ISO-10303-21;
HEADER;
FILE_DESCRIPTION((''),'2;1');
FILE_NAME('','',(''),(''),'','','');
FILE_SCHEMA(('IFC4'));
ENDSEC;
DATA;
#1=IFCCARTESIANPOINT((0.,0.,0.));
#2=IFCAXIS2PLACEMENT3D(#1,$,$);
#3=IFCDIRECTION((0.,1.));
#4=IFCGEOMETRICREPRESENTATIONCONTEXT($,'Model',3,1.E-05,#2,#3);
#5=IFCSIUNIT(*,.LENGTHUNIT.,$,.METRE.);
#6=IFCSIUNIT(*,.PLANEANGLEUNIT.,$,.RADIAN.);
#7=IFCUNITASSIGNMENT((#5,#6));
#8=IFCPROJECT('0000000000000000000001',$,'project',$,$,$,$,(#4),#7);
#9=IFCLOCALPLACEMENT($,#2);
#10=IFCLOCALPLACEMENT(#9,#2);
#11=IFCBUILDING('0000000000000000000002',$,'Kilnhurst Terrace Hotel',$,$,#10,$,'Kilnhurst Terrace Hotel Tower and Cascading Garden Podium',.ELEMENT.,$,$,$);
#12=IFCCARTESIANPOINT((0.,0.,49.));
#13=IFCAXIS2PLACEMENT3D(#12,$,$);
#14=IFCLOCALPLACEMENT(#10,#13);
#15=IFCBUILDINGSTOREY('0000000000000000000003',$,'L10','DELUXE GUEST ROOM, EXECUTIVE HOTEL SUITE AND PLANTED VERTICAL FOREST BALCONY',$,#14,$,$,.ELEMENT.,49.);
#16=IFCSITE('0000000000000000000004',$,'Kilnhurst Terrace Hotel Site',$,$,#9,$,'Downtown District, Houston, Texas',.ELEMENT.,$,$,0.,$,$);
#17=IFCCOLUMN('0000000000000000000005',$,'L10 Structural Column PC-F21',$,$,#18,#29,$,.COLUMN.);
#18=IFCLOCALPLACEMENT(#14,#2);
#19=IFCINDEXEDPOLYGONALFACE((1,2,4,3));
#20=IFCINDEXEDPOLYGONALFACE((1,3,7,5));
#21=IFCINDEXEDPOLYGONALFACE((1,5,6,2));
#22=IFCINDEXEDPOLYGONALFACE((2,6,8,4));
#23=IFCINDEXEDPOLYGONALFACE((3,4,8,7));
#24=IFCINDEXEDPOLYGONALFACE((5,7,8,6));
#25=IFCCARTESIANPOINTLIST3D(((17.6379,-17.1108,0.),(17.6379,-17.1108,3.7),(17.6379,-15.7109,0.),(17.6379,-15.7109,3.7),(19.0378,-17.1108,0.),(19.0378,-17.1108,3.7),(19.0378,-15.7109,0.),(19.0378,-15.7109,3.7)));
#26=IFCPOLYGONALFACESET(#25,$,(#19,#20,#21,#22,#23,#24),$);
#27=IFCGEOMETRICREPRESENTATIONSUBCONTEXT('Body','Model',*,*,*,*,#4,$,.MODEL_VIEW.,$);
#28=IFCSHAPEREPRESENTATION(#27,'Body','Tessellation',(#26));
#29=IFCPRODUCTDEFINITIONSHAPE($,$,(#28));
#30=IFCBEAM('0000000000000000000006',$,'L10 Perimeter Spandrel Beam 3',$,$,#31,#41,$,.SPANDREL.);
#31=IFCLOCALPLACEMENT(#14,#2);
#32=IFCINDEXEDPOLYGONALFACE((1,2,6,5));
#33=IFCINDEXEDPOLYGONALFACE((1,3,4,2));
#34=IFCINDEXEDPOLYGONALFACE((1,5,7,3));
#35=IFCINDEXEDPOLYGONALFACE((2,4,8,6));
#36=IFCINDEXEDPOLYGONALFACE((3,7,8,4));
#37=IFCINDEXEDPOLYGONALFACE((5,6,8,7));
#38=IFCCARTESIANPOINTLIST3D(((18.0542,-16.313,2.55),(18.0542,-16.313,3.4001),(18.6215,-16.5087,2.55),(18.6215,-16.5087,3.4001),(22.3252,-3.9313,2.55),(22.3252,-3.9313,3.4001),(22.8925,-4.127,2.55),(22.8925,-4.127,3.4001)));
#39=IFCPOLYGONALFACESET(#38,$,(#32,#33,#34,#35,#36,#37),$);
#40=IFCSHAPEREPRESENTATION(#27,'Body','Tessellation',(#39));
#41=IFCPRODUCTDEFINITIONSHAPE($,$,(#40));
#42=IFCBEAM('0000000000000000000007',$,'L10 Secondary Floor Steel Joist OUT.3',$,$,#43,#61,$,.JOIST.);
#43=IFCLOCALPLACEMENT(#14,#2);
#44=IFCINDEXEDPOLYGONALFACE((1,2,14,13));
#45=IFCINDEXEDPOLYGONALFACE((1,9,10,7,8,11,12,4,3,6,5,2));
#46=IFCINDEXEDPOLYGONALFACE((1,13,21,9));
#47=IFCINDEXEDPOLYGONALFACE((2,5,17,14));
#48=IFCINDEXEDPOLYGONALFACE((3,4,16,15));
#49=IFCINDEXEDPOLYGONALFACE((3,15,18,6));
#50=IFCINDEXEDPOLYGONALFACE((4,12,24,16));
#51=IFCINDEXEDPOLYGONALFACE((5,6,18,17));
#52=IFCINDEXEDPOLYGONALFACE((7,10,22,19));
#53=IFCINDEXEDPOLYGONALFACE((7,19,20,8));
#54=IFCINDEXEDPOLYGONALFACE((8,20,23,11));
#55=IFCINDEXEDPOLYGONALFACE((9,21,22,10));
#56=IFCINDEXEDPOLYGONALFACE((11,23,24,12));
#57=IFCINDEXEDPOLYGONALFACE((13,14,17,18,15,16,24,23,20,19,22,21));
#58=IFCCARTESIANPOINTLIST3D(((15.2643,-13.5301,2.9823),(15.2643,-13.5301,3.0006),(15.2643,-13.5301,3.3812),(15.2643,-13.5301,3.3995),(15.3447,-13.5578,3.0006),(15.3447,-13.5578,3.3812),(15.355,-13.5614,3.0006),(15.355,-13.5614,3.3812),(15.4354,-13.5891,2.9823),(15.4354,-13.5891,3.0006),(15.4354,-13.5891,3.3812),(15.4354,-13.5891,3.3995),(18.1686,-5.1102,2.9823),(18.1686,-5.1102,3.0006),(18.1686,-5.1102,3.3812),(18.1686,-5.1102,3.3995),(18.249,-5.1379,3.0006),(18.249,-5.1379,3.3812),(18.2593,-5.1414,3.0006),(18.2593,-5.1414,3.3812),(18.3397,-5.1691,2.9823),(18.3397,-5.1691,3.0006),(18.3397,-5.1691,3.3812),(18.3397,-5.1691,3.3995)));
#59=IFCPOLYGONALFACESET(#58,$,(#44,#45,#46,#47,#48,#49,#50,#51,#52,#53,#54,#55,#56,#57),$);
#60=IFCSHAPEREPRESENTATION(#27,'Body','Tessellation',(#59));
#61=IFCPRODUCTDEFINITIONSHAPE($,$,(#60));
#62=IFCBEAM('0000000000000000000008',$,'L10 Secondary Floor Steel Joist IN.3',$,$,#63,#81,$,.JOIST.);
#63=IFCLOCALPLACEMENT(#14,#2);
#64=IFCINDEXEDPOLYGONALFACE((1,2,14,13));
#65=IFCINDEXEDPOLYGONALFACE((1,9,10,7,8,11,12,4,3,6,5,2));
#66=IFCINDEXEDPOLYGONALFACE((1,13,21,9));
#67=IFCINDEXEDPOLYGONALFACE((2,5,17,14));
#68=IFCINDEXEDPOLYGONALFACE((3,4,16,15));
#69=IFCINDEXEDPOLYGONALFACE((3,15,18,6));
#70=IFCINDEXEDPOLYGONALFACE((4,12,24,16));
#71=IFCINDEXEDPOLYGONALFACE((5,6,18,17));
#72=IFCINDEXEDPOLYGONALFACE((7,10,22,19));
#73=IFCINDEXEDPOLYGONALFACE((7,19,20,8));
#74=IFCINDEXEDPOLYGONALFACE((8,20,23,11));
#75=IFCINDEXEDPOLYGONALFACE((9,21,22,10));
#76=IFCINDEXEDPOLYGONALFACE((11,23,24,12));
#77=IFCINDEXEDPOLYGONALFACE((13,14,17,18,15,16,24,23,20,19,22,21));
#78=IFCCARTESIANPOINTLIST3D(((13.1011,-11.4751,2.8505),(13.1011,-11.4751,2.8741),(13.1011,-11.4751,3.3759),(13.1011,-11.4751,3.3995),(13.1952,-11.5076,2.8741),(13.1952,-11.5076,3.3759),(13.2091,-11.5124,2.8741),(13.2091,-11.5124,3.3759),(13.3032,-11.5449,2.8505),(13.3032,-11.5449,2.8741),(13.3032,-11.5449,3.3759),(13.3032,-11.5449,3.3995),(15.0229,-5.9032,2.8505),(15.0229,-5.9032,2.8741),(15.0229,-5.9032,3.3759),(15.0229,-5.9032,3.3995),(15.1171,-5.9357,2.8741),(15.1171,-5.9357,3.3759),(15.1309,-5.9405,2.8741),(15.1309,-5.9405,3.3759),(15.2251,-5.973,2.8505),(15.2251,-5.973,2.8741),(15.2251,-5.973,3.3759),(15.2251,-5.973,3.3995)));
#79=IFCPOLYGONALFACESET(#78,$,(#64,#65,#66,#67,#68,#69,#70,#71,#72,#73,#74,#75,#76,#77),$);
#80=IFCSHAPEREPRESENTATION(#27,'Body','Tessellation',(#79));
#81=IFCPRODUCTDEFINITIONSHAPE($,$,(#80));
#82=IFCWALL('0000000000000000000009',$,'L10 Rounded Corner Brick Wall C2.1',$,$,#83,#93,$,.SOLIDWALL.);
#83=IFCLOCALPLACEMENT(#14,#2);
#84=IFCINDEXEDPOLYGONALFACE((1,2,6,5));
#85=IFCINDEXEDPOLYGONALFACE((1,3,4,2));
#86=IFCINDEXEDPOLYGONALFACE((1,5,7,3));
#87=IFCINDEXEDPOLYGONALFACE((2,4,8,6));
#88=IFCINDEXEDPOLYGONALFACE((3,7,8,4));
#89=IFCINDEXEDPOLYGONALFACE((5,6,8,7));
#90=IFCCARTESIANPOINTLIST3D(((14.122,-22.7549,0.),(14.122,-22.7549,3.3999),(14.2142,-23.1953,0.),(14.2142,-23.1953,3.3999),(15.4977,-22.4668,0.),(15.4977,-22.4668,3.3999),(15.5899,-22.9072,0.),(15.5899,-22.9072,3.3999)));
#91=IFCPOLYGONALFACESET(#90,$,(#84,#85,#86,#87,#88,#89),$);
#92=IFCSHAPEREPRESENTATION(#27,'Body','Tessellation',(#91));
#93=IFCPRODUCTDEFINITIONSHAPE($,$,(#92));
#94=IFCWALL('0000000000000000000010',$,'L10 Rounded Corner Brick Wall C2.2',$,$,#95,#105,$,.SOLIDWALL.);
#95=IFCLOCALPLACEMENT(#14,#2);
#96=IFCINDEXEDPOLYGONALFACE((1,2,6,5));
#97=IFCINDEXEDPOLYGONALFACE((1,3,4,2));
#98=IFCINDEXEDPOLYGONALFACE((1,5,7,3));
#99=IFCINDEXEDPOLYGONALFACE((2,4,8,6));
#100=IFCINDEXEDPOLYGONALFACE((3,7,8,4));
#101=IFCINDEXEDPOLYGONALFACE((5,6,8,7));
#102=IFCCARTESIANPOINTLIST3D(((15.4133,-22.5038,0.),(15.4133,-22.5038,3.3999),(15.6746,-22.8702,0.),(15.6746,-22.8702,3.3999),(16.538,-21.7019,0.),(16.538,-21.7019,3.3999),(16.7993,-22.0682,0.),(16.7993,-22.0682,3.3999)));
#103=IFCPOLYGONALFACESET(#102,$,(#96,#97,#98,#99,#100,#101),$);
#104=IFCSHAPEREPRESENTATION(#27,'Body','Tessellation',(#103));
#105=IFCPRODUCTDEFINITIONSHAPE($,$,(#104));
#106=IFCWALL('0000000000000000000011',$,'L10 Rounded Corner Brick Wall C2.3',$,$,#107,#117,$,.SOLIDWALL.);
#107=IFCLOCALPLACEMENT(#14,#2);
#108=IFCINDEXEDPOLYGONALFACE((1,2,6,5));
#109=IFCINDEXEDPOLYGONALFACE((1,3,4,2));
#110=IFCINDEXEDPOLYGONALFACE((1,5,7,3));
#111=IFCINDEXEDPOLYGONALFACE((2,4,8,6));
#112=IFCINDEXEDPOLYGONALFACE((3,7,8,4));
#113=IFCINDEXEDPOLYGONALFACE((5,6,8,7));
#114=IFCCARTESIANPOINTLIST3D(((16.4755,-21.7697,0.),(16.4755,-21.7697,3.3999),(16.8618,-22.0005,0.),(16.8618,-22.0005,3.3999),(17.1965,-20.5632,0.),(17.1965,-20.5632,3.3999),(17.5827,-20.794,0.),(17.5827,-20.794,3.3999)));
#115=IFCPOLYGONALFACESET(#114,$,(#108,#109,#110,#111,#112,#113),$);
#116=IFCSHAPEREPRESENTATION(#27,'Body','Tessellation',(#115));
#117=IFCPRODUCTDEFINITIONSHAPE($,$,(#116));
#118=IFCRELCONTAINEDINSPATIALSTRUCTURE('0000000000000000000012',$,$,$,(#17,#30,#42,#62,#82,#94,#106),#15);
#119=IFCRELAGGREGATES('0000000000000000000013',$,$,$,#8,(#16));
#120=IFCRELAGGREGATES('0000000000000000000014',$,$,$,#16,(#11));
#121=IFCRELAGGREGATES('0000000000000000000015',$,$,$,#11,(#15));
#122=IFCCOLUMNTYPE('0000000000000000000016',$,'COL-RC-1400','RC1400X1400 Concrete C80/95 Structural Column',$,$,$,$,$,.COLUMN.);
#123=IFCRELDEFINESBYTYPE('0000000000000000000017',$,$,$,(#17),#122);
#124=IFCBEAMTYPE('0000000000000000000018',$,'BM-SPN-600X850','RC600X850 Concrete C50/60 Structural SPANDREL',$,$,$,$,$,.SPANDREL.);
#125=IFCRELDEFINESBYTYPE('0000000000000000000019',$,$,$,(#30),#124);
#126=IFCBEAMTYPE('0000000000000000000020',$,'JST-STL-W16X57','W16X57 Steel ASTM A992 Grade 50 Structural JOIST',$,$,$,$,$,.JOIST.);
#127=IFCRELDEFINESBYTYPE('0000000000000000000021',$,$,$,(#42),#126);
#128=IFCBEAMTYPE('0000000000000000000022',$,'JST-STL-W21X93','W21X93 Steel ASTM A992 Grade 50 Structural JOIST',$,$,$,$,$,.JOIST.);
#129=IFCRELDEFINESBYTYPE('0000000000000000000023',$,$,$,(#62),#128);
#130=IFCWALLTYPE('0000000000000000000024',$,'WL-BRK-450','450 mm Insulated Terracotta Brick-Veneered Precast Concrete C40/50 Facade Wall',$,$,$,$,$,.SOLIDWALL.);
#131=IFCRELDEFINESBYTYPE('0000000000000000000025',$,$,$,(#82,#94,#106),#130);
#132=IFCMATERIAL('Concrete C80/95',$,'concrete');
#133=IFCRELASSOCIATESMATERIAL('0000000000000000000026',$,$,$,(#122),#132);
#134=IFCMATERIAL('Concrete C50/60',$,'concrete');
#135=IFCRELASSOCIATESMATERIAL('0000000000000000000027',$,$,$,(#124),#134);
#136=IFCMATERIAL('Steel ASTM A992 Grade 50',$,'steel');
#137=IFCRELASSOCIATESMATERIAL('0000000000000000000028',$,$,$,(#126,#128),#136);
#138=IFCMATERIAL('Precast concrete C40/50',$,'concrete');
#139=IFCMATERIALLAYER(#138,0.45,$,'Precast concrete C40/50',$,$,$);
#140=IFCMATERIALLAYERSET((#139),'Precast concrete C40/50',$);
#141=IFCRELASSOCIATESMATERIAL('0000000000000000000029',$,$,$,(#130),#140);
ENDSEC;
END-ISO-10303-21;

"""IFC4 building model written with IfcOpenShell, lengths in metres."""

from ifc_helpers import new_model, si_unit, direction, frame, frame_2d, origin, origin_2d, place, context, subcontext, project, spatial, rectangle, i_section, extrude, material, layer, layer_set, material_profile, profile_set, type_object, element, save


model = new_model("IFC4")

# Units and contexts
model_context = context("Model", 3, precision=1e-05, world=origin(), true_north=direction((0.0, 1.0)))
body_context = subcontext(model_context, "Body", "Model", "MODEL_VIEW")
ifc_project = project(units=[si_unit("LENGTHUNIT", "METRE"), si_unit("PLANEANGLEUNIT", "RADIAN")], contexts=[model_context])

# Site, building, storey
site_placement = place(None, origin())
site = spatial("IfcSite", under=ifc_project, at=site_placement, Name="Kilnhurst Terrace Hotel Site", LongName="Downtown District, Houston, Texas", CompositionType="ELEMENT", RefElevation=0.0)
building_placement = place(site_placement, origin())
building = spatial("IfcBuilding", under=site, at=building_placement, Name="Kilnhurst Terrace Hotel", LongName="Kilnhurst Terrace Hotel Tower and Cascading Garden Podium", CompositionType="ELEMENT")
storey_placement = place(building_placement, frame((0.0, 0.0, 49.0)))
storey = spatial("IfcBuildingStorey", under=building, at=storey_placement, Name="L10", Description="DELUXE GUEST ROOM, EXECUTIVE HOTEL SUITE AND PLANTED VERTICAL FOREST BALCONY", CompositionType="ELEMENT", Elevation=49.0)

# Column
ifc_material_1 = material(Name="Concrete C80/95", Category="concrete")
ifc_material_profile_1 = material_profile(ifc_material_1, rectangle(XDim=1.3999, YDim=1.3999, at=origin_2d()), Name="RC1400X1400")
ifc_profile_set_1 = profile_set([ifc_material_profile_1], Name="Concrete C80/95")
column_type = type_object("IfcColumnType", Name="COL-RC-1400", Description="RC1400X1400 Concrete C80/95 Structural Column", PredefinedType="COLUMN", material=ifc_profile_set_1)
column_placement = place(storey_placement, frame((18.3379, -16.4109, 0.0), z_axis=(0.0, 0.0, 1.0), x_axis=(1.0, 0.0, 0.0)))
element("IfcColumn", 1, at=column_placement, inside=storey, type_object=column_type, Name="L10 Structural Column PC-F21", PredefinedType="COLUMN", context=body_context, shape_type="SweptSolid", body=[
    extrude(rectangle(XDim=1.3999, YDim=1.3999, at=origin_2d()), origin(), (0.0, 0.0, 1.0), 3.7),
])

# Beams
ifc_material_2 = material(Name="Concrete C50/60", Category="concrete")
ifc_material_profile_2 = material_profile(ifc_material_2, rectangle(XDim=0.6001, YDim=0.8501, at=origin_2d()), Name="RC600X850")
ifc_profile_set_2 = profile_set([ifc_material_profile_2], Name="Concrete C50/60")
beam_type_1 = type_object("IfcBeamType", Name="BM-SPN-600X850", Description="RC600X850 Concrete C50/60 Structural SPANDREL", PredefinedType="SPANDREL", material=ifc_profile_set_2)
beam_1_placement = place(storey_placement, frame((18.3379, -16.4109, 2.9751), z_axis=(0.326086, 0.94534, 0.0), x_axis=(-0.94534, 0.326086, 0.0)))
element("IfcBeam", 2, at=beam_1_placement, inside=storey, type_object=beam_type_1, Name="L10 Perimeter Spandrel Beam 3", PredefinedType="SPANDREL", context=body_context, shape_type="SweptSolid", body=[
    extrude(rectangle(XDim=0.6001, YDim=0.8501, at=origin_2d()), origin(), (0.0, 0.0, 1.0), 13.0977),
])
ifc_material_3 = material(Name="Steel ASTM A992 Grade 50", Category="steel")
ifc_material_profile_3 = material_profile(ifc_material_3, i_section(OverallWidth=0.1809, OverallDepth=0.4172, WebThickness=0.011, FlangeThickness=0.0183, at=origin_2d()), Name="W16X57")
ifc_profile_set_3 = profile_set([ifc_material_profile_3], Name="Steel ASTM A992 Grade 50")
beam_type_2 = type_object("IfcBeamType", Name="JST-STL-W16X57", Description="W16X57 Steel ASTM A992 Grade 50 Structural JOIST", PredefinedType="JOIST", material=ifc_profile_set_3)
beam_2_placement = place(storey_placement, frame((15.3499, -13.5596, 3.1909), z_axis=(0.326079, 0.945343, 0.0), x_axis=(-0.945343, 0.326079, 0.0)))
element("IfcBeam", 3, at=beam_2_placement, inside=storey, type_object=beam_type_2, Name="L10 Secondary Floor Steel Joist OUT.3", PredefinedType="JOIST", context=body_context, shape_type="SweptSolid", body=[
    extrude(i_section(OverallWidth=0.1809, OverallDepth=0.4172, WebThickness=0.011, FlangeThickness=0.0183, at=origin_2d()), origin(), (0.0, 0.0, 1.0), 8.9067),
])
ifc_material_profile_4 = material_profile(ifc_material_3, i_section(OverallWidth=0.2139, OverallDepth=0.5491, WebThickness=0.0146, FlangeThickness=0.0237, at=origin_2d()), Name="W21X93")
ifc_profile_set_4 = profile_set([ifc_material_profile_4], Name="Steel ASTM A992 Grade 50")
beam_type_3 = type_object("IfcBeamType", Name="JST-STL-W21X93", Description="W21X93 Steel ASTM A992 Grade 50 Structural JOIST", PredefinedType="JOIST", material=ifc_profile_set_4)
beam_3_placement = place(storey_placement, frame((13.2021, -11.51, 3.125), z_axis=(0.326065, 0.945347, 0.0), x_axis=(-0.945347, 0.326065, 0.0)))
element("IfcBeam", 4, at=beam_3_placement, inside=storey, type_object=beam_type_3, Name="L10 Secondary Floor Steel Joist IN.3", PredefinedType="JOIST", context=body_context, shape_type="SweptSolid", body=[
    extrude(i_section(OverallWidth=0.2139, OverallDepth=0.5491, WebThickness=0.0146, FlangeThickness=0.0237, at=origin_2d()), origin(), (0.0, 0.0, 1.0), 5.894),
])

# Walls
ifc_material_4 = material(Name="Precast concrete C40/50", Category="concrete")
ifc_layer_1 = layer(ifc_material_4, 0.45, Name="Precast concrete C40/50")
ifc_layer_set_1 = layer_set([ifc_layer_1], Name="Precast concrete C40/50")
wall_type_1 = type_object("IfcWallType", Name="WL-BRK-450", Description="450 mm Insulated Terracotta Brick-Veneered Precast Concrete C40/50 Facade Wall", PredefinedType="SOLIDWALL", material=ifc_layer_set_1)
wall_1_placement = place(storey_placement, frame((14.1682, -22.9751, 0.0), z_axis=(0.0, 0.0, 1.0), x_axis=(0.97877, 0.20496, 0.0)))
element("IfcWall", 5, at=wall_1_placement, inside=storey, type_object=wall_type_1, Name="L10 Rounded Corner Brick Wall C2.1", PredefinedType="SOLIDWALL", context=body_context, shape_type="SweptSolid", body=[
    extrude(rectangle(XDim=1.4055, YDim=0.45, at=frame_2d((0.7026, 0.0))), origin(), (0.0, 0.0, 1.0), 3.3999),
])
wall_2_placement = place(storey_placement, frame((15.5439, -22.687, 0.0), z_axis=(0.0, 0.0, 1.0), x_axis=(0.814211, 0.580569, 0.0)))
element("IfcWall", 6, at=wall_2_placement, inside=storey, type_object=wall_type_1, Name="L10 Rounded Corner Brick Wall C2.2", PredefinedType="SOLIDWALL", context=body_context, shape_type="SweptSolid", body=[
    extrude(rectangle(XDim=1.3813, YDim=0.45, at=frame_2d((0.6907, 0.0))), origin(), (0.0, 0.0, 1.0), 3.3999),
])
wall_3_placement = place(storey_placement, frame((16.6687, -21.885, 0.0), z_axis=(0.0, 0.0, 1.0), x_axis=(0.512937, 0.858426, 0.0)))
element("IfcWall", 7, at=wall_3_placement, inside=storey, type_object=wall_type_1, Name="L10 Rounded Corner Brick Wall C2.3", PredefinedType="SOLIDWALL", context=body_context, shape_type="SweptSolid", body=[
    extrude(rectangle(XDim=1.4055, YDim=0.45, at=frame_2d((0.7026, 0.0))), origin(), (0.0, 0.0, 1.0), 3.3999),
])

save(model, "model.ifc")
